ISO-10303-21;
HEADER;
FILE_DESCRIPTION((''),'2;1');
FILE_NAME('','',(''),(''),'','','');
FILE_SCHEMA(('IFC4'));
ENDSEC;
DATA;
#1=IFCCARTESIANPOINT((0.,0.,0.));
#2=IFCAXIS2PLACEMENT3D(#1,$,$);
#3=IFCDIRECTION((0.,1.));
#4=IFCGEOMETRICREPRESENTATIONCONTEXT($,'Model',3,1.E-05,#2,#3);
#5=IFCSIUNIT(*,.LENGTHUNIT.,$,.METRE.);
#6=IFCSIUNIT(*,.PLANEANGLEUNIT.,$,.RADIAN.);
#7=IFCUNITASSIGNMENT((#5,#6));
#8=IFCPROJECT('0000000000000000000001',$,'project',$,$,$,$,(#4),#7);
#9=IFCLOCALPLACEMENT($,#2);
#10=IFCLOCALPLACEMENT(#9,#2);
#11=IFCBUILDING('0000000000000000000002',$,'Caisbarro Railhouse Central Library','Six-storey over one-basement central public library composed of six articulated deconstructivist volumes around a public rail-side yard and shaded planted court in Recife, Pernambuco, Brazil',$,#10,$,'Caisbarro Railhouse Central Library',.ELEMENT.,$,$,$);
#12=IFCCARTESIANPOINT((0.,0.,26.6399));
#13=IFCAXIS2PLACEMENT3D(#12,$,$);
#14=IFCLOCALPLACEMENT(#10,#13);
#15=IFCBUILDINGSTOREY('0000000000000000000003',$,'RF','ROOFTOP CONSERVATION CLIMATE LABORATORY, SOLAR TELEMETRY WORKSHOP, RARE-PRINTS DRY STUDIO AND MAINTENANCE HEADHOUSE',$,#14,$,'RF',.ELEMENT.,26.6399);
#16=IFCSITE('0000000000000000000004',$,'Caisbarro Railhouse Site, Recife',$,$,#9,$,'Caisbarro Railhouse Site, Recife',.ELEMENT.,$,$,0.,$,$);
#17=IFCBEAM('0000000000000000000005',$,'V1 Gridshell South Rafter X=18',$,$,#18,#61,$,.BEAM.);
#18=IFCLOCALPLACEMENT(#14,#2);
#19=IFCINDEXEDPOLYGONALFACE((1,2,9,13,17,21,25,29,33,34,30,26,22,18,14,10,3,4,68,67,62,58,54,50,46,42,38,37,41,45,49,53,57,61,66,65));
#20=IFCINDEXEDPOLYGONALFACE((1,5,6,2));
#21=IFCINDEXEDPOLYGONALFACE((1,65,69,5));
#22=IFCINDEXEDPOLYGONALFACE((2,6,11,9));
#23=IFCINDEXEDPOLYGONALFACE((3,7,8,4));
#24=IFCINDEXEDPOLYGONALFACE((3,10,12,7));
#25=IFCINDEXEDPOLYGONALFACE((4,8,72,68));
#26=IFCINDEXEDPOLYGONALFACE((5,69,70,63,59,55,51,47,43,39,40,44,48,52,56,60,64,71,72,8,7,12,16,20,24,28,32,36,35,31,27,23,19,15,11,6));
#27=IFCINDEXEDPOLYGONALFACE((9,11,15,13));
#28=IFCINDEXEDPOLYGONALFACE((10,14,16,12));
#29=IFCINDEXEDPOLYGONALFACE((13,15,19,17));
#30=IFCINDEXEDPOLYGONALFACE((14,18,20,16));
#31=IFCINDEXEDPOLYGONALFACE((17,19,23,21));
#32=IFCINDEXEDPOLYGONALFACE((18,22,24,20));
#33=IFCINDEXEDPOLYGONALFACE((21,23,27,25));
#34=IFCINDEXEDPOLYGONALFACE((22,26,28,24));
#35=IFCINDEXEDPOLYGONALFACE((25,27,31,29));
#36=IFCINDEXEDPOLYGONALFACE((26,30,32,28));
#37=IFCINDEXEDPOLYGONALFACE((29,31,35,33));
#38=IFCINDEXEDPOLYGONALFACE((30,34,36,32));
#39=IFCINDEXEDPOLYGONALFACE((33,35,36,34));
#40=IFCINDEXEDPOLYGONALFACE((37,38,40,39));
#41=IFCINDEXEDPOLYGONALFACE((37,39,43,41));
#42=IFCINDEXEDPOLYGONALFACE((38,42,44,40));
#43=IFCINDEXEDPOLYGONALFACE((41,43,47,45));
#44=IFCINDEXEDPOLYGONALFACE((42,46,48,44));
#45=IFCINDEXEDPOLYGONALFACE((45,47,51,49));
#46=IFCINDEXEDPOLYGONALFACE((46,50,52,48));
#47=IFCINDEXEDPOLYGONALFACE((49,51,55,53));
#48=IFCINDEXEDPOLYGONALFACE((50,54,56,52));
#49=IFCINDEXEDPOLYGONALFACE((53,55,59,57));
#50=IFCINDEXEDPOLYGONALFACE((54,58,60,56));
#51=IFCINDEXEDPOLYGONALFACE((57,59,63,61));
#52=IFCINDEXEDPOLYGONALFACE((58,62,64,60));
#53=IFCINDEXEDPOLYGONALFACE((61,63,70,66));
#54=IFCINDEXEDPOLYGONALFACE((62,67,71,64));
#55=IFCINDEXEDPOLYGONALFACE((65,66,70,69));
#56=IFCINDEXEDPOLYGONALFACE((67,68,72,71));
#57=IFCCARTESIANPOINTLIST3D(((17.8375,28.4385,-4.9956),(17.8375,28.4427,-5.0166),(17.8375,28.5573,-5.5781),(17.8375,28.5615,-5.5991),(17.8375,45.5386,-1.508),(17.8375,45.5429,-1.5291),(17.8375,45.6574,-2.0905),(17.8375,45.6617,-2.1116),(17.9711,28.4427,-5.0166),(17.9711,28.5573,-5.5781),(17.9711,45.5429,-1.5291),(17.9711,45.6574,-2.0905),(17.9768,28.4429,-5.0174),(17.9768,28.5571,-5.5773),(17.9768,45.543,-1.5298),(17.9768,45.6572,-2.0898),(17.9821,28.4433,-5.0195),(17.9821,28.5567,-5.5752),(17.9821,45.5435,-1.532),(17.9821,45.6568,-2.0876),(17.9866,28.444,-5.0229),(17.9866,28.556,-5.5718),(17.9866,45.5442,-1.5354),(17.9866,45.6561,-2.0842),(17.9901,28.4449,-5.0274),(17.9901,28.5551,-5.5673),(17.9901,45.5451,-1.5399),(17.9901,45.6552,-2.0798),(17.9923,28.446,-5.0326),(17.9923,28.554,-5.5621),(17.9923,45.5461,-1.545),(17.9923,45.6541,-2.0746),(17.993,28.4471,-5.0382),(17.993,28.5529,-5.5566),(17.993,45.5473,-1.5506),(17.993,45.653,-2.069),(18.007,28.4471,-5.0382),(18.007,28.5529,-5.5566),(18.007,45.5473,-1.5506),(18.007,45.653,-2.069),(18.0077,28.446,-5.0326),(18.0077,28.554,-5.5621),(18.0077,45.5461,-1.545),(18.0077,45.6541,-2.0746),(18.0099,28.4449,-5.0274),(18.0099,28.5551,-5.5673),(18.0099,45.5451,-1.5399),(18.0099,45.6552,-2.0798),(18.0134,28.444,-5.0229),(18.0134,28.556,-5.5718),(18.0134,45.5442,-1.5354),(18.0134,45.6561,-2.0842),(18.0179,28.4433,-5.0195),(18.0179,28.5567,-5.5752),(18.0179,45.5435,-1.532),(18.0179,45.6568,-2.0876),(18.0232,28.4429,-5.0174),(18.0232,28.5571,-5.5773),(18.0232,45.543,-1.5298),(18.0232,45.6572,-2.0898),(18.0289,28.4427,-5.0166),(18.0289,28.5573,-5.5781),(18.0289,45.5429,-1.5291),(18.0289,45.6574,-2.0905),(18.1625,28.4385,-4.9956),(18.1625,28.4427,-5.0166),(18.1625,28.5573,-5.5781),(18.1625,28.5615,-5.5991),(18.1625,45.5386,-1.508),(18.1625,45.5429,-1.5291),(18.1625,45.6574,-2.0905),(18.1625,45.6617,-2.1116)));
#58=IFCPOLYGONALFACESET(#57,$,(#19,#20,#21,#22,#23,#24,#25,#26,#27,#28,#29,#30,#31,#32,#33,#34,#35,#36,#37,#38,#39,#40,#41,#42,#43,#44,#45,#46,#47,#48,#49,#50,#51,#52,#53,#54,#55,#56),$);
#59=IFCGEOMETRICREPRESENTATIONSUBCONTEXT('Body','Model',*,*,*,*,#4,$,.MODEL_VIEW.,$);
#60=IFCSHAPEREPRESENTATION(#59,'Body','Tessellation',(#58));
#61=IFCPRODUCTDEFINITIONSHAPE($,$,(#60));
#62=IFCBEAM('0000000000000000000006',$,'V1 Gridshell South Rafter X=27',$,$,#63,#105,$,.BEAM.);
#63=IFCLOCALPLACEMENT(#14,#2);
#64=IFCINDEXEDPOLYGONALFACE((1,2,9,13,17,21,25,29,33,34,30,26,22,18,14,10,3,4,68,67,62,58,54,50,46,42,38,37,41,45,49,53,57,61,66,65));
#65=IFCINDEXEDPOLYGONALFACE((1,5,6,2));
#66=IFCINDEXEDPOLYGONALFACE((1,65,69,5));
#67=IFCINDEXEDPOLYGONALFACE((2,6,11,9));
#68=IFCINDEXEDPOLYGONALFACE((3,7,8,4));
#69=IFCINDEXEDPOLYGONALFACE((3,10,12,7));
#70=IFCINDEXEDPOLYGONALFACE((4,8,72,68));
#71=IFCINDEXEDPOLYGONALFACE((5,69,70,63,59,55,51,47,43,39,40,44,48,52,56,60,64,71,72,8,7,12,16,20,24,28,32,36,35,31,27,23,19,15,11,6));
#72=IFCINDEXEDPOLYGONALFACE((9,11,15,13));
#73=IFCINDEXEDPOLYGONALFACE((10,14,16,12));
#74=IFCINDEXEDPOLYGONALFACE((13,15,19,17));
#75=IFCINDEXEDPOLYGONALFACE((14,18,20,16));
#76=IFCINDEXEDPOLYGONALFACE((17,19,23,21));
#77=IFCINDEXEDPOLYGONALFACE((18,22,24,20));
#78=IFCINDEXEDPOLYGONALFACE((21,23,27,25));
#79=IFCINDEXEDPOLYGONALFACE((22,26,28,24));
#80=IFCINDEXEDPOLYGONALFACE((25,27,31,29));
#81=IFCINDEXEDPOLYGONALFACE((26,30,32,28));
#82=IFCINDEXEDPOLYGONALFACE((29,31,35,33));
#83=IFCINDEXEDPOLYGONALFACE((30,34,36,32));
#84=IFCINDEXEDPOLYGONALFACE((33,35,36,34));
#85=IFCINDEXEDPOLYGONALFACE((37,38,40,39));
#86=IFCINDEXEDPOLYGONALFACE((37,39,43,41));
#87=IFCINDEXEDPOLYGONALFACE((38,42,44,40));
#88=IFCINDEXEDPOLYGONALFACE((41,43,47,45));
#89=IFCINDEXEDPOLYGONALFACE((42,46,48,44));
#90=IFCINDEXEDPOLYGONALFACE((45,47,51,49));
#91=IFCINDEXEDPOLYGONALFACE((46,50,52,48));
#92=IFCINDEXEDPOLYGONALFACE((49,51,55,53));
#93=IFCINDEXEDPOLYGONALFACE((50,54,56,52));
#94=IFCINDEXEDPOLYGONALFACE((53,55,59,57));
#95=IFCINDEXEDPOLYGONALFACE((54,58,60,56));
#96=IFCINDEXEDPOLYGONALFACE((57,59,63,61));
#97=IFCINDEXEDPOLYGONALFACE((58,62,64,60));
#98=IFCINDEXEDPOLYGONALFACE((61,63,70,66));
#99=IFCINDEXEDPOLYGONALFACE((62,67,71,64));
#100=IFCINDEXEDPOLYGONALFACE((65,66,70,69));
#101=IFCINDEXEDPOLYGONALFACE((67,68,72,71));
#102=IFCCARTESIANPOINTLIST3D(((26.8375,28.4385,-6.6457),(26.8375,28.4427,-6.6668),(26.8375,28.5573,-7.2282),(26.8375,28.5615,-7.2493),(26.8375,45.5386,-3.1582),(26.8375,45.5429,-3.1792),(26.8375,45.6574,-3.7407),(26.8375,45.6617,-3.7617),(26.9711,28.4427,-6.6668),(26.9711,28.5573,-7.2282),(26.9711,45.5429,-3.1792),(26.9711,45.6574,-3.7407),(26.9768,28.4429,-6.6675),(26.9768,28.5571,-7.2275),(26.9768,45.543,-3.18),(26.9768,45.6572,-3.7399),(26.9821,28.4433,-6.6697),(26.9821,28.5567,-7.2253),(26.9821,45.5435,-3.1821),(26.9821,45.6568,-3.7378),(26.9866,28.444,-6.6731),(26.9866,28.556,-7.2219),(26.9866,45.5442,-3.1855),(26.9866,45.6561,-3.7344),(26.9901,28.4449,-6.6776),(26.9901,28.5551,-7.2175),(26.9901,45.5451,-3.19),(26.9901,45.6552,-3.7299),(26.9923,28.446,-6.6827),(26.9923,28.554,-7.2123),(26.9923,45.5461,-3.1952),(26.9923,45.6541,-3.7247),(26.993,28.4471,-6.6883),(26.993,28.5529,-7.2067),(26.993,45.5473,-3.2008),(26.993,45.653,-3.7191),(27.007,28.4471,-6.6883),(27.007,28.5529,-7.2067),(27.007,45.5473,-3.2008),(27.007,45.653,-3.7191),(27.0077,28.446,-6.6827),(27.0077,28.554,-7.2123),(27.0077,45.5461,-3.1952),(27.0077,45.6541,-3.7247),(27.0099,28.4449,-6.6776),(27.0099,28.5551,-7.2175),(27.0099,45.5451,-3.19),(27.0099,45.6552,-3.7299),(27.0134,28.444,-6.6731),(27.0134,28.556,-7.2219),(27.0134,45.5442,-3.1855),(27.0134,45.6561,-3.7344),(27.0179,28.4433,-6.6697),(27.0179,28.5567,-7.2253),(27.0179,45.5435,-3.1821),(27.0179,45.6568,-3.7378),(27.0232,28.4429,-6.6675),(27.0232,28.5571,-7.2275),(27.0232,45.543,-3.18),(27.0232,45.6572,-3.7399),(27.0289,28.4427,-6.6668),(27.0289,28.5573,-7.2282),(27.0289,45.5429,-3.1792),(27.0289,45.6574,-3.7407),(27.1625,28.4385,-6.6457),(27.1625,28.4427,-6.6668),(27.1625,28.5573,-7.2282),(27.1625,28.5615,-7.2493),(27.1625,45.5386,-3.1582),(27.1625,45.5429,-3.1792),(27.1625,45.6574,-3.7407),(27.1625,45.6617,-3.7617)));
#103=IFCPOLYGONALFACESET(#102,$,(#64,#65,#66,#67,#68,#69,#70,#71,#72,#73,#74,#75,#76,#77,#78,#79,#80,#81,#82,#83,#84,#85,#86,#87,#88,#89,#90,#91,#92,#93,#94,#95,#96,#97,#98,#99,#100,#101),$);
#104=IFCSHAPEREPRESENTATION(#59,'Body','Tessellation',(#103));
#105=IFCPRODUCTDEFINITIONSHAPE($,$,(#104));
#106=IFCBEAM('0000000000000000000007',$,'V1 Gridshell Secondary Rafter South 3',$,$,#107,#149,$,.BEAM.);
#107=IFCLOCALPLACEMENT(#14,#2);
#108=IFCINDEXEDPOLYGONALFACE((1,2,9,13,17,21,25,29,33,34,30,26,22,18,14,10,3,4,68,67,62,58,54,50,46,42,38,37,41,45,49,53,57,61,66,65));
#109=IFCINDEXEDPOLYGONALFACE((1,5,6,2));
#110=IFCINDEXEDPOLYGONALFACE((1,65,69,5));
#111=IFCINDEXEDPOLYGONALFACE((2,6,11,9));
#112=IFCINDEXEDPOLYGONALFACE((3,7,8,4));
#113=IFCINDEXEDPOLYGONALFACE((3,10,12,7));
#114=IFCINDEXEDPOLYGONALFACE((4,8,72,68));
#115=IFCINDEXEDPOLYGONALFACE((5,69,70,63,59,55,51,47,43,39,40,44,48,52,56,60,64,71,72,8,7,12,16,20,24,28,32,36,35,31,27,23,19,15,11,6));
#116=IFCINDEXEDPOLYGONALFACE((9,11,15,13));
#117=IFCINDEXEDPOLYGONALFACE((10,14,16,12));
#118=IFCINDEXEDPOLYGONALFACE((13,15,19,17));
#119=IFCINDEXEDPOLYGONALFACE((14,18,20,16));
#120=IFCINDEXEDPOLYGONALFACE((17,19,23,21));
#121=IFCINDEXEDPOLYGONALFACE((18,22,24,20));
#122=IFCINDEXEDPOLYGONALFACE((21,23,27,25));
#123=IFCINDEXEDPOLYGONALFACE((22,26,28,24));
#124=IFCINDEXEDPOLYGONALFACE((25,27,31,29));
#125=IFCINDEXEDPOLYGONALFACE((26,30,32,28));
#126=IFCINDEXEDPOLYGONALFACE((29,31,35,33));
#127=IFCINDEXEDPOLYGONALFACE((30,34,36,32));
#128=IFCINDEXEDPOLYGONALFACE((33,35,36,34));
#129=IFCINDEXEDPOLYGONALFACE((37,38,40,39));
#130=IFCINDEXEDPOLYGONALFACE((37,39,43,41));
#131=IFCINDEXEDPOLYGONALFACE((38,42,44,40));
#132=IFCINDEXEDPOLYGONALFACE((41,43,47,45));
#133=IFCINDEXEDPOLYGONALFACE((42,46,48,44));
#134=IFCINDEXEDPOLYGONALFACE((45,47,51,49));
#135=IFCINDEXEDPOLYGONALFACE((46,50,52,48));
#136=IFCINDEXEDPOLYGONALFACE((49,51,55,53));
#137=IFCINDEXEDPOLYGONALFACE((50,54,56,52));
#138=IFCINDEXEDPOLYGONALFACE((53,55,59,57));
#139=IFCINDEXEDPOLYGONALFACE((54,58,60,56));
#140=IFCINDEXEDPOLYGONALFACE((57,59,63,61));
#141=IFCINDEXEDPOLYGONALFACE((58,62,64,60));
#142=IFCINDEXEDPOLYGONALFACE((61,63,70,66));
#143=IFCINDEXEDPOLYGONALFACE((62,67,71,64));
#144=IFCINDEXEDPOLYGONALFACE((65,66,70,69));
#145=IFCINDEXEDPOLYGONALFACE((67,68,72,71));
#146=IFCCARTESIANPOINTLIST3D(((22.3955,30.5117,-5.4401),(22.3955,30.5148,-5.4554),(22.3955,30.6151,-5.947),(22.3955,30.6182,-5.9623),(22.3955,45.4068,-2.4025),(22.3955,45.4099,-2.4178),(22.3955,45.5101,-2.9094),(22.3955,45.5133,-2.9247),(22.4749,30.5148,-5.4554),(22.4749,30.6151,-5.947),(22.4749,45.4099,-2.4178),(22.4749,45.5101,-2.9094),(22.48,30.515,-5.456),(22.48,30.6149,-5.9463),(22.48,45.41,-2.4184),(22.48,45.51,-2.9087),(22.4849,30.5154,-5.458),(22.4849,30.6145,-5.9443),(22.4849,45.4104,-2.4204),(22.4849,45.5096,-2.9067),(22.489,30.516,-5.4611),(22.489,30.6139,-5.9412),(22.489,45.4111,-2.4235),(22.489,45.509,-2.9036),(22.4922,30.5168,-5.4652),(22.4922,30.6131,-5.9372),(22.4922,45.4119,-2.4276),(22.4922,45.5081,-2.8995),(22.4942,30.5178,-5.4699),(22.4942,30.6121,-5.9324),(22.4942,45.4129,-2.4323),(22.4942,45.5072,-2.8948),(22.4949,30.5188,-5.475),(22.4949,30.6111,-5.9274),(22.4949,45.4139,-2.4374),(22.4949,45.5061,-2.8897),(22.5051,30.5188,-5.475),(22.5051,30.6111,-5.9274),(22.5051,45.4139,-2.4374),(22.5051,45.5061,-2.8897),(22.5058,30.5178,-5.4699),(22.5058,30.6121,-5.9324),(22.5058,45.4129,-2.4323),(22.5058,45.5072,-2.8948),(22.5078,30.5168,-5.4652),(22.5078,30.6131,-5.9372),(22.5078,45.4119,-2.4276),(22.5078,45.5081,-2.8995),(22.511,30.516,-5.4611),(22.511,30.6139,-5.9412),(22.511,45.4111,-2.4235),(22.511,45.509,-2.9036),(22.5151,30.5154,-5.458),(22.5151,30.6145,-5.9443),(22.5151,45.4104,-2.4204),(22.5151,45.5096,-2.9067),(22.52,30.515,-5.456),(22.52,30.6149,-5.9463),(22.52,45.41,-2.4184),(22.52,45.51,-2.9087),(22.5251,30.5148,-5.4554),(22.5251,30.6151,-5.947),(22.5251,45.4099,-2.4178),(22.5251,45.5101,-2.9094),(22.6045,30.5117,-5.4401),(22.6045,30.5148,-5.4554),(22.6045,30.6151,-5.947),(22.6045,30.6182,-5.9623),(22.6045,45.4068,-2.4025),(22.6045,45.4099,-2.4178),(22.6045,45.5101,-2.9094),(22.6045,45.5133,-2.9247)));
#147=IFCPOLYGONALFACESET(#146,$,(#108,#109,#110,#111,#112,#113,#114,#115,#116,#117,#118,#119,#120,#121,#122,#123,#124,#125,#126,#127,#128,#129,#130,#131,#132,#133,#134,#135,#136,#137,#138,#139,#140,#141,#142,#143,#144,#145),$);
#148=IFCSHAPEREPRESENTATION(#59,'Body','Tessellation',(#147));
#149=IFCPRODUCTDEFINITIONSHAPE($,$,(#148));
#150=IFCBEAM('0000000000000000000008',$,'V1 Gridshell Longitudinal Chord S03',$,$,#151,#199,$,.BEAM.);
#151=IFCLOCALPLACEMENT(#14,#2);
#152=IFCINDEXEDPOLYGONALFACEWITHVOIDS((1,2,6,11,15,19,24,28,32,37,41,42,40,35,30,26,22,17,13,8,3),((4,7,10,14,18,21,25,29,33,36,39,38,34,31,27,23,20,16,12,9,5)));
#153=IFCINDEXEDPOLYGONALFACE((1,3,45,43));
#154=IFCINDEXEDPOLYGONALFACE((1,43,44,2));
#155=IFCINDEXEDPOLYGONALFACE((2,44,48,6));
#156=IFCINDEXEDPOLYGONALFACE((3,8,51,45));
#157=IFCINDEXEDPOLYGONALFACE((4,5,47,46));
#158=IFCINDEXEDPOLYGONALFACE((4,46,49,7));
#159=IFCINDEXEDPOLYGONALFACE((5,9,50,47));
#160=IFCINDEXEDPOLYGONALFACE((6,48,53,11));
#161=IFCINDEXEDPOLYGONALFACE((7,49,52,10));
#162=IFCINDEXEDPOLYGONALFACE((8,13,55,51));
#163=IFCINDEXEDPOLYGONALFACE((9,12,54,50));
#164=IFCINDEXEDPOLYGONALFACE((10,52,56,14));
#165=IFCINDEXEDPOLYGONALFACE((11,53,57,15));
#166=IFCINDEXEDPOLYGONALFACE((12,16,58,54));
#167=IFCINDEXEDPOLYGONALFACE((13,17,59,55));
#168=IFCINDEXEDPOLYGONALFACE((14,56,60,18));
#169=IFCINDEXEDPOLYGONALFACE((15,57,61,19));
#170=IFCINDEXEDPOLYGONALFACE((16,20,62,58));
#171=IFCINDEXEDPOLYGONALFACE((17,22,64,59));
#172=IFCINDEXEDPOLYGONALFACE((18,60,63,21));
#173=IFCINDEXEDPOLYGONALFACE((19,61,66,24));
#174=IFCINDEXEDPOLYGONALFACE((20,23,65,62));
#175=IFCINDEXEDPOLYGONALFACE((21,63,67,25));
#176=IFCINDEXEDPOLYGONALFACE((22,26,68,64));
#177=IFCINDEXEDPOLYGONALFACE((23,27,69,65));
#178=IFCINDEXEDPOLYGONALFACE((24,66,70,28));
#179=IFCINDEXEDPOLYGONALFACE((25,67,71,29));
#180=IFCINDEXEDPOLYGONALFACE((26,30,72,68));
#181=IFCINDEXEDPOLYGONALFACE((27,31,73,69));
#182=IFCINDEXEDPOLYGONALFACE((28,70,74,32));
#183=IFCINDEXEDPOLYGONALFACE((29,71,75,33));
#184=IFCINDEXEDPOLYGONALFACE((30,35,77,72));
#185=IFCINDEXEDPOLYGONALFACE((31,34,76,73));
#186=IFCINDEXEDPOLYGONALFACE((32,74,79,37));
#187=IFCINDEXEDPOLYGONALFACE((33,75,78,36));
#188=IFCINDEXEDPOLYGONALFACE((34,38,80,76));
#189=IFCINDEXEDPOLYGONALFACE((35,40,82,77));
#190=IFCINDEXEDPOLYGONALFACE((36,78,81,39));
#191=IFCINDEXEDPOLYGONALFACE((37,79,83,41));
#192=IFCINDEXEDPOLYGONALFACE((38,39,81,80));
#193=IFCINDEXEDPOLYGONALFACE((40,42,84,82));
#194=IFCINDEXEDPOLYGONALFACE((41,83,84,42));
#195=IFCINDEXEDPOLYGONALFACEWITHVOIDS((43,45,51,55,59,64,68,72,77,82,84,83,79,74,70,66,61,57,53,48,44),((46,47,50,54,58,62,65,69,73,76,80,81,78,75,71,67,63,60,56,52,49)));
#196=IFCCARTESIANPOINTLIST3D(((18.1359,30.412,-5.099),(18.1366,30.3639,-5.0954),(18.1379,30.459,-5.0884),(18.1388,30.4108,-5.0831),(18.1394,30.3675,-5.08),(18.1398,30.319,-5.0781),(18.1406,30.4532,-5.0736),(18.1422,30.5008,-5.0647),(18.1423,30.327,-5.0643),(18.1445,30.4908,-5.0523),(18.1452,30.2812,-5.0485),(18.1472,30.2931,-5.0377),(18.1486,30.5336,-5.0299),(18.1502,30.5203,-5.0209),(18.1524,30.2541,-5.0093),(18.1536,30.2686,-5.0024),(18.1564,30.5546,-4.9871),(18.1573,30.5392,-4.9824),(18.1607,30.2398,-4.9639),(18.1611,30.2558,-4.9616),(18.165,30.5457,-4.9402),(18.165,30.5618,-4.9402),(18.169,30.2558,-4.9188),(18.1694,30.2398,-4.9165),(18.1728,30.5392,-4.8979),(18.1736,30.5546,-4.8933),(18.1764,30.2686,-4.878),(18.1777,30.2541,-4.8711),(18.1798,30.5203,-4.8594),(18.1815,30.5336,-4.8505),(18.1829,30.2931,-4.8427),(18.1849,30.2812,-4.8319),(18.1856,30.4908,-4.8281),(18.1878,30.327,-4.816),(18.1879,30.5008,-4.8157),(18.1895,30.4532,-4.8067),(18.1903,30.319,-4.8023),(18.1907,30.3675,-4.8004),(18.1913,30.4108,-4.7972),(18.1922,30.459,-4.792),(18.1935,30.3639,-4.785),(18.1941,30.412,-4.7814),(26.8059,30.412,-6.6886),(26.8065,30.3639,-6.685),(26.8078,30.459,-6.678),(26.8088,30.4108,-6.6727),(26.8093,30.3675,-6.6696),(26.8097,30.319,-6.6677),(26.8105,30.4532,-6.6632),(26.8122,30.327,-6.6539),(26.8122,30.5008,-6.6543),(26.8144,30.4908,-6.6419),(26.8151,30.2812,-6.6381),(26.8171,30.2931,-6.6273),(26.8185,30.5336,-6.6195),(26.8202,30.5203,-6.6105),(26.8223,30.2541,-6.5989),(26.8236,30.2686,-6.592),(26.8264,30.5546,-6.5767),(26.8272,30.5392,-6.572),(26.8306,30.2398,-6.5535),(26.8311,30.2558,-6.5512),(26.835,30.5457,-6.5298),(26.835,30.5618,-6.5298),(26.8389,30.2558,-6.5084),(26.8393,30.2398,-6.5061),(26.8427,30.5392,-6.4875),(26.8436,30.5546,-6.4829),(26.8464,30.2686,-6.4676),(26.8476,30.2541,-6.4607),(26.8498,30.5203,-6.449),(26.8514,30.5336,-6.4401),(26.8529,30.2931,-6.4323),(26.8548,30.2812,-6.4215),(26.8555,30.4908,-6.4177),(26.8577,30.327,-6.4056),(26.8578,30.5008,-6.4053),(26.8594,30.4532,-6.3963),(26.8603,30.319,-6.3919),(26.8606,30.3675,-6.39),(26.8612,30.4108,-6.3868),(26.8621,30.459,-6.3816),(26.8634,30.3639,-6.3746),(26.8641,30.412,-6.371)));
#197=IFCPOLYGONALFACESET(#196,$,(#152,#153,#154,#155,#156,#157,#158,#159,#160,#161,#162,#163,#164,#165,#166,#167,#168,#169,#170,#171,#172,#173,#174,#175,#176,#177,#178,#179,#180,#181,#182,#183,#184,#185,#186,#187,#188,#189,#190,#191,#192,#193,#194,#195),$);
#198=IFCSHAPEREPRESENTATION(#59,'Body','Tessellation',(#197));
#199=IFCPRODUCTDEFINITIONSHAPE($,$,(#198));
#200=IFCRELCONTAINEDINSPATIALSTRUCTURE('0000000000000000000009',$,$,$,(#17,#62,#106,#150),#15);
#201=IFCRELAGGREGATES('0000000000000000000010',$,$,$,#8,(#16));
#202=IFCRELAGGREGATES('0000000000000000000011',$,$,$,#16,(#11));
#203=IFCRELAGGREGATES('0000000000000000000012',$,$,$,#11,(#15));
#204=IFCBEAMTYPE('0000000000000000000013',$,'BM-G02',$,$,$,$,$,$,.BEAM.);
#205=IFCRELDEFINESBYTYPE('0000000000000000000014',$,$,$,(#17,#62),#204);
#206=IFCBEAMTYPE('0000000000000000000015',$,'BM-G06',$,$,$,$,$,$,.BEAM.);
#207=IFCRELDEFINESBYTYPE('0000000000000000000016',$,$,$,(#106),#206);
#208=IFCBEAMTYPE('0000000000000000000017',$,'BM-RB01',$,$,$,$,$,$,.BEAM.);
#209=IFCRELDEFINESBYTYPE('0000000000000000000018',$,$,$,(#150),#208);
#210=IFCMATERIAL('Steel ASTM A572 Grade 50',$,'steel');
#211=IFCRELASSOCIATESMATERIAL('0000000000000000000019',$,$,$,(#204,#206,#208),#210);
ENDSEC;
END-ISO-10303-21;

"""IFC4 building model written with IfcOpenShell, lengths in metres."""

from ifc_helpers import new_model, si_unit, direction, frame, origin, origin_2d, place, context, subcontext, project, spatial, hollow_circle, i_section, extrude, material, material_profile, profile_set, type_object, element, save


model = new_model("IFC4")

# Units and contexts
model_context = context("Model", 3, precision=1e-05, world=origin(), true_north=direction((0.0, 1.0)))
body_context = subcontext(model_context, "Body", "Model", "MODEL_VIEW")
ifc_project = project(units=[si_unit("LENGTHUNIT", "METRE"), si_unit("PLANEANGLEUNIT", "RADIAN")], contexts=[model_context])

# Site, building, storey
site_placement = place(None, origin())
site = spatial("IfcSite", under=ifc_project, at=site_placement, Name="Caisbarro Railhouse Site, Recife", LongName="Caisbarro Railhouse Site, Recife", CompositionType="ELEMENT", RefElevation=0.0)
building_placement = place(site_placement, origin())
building = spatial("IfcBuilding", under=site, at=building_placement, Name="Caisbarro Railhouse Central Library", Description="Six-storey over one-basement central public library composed of six articulated deconstructivist volumes around a public rail-side yard and shaded planted court in Recife, Pernambuco, Brazil", LongName="Caisbarro Railhouse Central Library", CompositionType="ELEMENT")
storey_placement = place(building_placement, frame((0.0, 0.0, 26.6399)))
storey = spatial("IfcBuildingStorey", under=building, at=storey_placement, Name="RF", Description="ROOFTOP CONSERVATION CLIMATE LABORATORY, SOLAR TELEMETRY WORKSHOP, RARE-PRINTS DRY STUDIO AND MAINTENANCE HEADHOUSE", LongName="RF", CompositionType="ELEMENT", Elevation=26.6399)

# Beams
ifc_material_1 = material(Name="Steel ASTM A572 Grade 50", Category="steel")
ifc_material_profile_1 = material_profile(ifc_material_1, i_section(OverallWidth=0.325, OverallDepth=0.616, WebThickness=0.0139, FlangeThickness=0.0215, FilletRadius=0.022, at=origin_2d()), Name="W610X174.0")
ifc_profile_set_1 = profile_set([ifc_material_profile_1], Name="Steel ASTM A572 Grade 50")
beam_type_1 = type_object("IfcBeamType", Name="BM-G02", PredefinedType="BEAM", material=ifc_profile_set_1)
for number, where, z_axis, x_axis, name in (
    (1, (18.0, 28.5, -5.2974), (0.0, 0.97983, 0.199835), (-1.0, 0.0, 0.0), "V1 Gridshell South Rafter X=18"),
    (2, (27.0, 28.5, -6.9475), (0.0, 0.97983, 0.199835), (-1.0, 0.0, 0.0), "V1 Gridshell South Rafter X=27"),
):
    element("IfcBeam", number, at=place(storey_placement, frame(where, z_axis=z_axis, x_axis=x_axis)), inside=storey, type_object=beam_type_1, Name=name, PredefinedType="BEAM", context=body_context, shape_type="SweptSolid", body=[
        extrude(i_section(OverallWidth=0.325, OverallDepth=0.616, WebThickness=0.0139, FlangeThickness=0.0215, FilletRadius=0.022, at=origin_2d()), origin(), (0.0, 0.0, 1.0), 17.4521),
    ])
ifc_material_profile_2 = material_profile(ifc_material_1, i_section(OverallWidth=0.209, OverallDepth=0.533, WebThickness=0.0103, FlangeThickness=0.0156, FilletRadius=0.02, at=origin_2d()), Name="W530X92.0")
ifc_profile_set_2 = profile_set([ifc_material_profile_2], Name="Steel ASTM A572 Grade 50")
beam_type_2 = type_object("IfcBeamType", Name="BM-G06", PredefinedType="BEAM", material=ifc_profile_set_2)
beam_1_placement = place(storey_placement, frame((22.5, 30.5649, -5.7012), z_axis=(0.0, 0.979832, 0.199821), x_axis=(-1.0, 0.0, 0.0)))
element("IfcBeam", 3, at=beam_1_placement, inside=storey, type_object=beam_type_2, Name="V1 Gridshell Secondary Rafter South 3", PredefinedType="BEAM", context=body_context, shape_type="SweptSolid", body=[
    extrude(i_section(OverallWidth=0.209, OverallDepth=0.533, WebThickness=0.0103, FlangeThickness=0.0156, FilletRadius=0.02, at=origin_2d()), origin(), (0.0, 0.0, 1.0), 15.2017),
])
ifc_material_profile_3 = material_profile(ifc_material_1, hollow_circle(Radius=0.1619, WallThickness=0.0161, at=origin_2d()), Name="CHS323.9X16.0")
ifc_profile_set_3 = profile_set([ifc_material_profile_3], Name="Steel ASTM A572 Grade 50")
beam_type_3 = type_object("IfcBeamType", Name="BM-RB01", PredefinedType="BEAM", material=ifc_profile_set_3)
beam_2_placement = place(storey_placement, frame((18.165, 30.3999, -4.9402), z_axis=(0.983604, 0.0, -0.18034), x_axis=(0.0, 1.0, 0.0)))
element("IfcBeam", 4, at=beam_2_placement, inside=storey, type_object=beam_type_3, Name="V1 Gridshell Longitudinal Chord S03", PredefinedType="BEAM", context=body_context, shape_type="SweptSolid", body=[
    extrude(hollow_circle(Radius=0.1619, WallThickness=0.0161, at=origin_2d()), origin(), (0.0, 0.0, 1.0), 8.8145),
])

save(model, "model.ifc")
